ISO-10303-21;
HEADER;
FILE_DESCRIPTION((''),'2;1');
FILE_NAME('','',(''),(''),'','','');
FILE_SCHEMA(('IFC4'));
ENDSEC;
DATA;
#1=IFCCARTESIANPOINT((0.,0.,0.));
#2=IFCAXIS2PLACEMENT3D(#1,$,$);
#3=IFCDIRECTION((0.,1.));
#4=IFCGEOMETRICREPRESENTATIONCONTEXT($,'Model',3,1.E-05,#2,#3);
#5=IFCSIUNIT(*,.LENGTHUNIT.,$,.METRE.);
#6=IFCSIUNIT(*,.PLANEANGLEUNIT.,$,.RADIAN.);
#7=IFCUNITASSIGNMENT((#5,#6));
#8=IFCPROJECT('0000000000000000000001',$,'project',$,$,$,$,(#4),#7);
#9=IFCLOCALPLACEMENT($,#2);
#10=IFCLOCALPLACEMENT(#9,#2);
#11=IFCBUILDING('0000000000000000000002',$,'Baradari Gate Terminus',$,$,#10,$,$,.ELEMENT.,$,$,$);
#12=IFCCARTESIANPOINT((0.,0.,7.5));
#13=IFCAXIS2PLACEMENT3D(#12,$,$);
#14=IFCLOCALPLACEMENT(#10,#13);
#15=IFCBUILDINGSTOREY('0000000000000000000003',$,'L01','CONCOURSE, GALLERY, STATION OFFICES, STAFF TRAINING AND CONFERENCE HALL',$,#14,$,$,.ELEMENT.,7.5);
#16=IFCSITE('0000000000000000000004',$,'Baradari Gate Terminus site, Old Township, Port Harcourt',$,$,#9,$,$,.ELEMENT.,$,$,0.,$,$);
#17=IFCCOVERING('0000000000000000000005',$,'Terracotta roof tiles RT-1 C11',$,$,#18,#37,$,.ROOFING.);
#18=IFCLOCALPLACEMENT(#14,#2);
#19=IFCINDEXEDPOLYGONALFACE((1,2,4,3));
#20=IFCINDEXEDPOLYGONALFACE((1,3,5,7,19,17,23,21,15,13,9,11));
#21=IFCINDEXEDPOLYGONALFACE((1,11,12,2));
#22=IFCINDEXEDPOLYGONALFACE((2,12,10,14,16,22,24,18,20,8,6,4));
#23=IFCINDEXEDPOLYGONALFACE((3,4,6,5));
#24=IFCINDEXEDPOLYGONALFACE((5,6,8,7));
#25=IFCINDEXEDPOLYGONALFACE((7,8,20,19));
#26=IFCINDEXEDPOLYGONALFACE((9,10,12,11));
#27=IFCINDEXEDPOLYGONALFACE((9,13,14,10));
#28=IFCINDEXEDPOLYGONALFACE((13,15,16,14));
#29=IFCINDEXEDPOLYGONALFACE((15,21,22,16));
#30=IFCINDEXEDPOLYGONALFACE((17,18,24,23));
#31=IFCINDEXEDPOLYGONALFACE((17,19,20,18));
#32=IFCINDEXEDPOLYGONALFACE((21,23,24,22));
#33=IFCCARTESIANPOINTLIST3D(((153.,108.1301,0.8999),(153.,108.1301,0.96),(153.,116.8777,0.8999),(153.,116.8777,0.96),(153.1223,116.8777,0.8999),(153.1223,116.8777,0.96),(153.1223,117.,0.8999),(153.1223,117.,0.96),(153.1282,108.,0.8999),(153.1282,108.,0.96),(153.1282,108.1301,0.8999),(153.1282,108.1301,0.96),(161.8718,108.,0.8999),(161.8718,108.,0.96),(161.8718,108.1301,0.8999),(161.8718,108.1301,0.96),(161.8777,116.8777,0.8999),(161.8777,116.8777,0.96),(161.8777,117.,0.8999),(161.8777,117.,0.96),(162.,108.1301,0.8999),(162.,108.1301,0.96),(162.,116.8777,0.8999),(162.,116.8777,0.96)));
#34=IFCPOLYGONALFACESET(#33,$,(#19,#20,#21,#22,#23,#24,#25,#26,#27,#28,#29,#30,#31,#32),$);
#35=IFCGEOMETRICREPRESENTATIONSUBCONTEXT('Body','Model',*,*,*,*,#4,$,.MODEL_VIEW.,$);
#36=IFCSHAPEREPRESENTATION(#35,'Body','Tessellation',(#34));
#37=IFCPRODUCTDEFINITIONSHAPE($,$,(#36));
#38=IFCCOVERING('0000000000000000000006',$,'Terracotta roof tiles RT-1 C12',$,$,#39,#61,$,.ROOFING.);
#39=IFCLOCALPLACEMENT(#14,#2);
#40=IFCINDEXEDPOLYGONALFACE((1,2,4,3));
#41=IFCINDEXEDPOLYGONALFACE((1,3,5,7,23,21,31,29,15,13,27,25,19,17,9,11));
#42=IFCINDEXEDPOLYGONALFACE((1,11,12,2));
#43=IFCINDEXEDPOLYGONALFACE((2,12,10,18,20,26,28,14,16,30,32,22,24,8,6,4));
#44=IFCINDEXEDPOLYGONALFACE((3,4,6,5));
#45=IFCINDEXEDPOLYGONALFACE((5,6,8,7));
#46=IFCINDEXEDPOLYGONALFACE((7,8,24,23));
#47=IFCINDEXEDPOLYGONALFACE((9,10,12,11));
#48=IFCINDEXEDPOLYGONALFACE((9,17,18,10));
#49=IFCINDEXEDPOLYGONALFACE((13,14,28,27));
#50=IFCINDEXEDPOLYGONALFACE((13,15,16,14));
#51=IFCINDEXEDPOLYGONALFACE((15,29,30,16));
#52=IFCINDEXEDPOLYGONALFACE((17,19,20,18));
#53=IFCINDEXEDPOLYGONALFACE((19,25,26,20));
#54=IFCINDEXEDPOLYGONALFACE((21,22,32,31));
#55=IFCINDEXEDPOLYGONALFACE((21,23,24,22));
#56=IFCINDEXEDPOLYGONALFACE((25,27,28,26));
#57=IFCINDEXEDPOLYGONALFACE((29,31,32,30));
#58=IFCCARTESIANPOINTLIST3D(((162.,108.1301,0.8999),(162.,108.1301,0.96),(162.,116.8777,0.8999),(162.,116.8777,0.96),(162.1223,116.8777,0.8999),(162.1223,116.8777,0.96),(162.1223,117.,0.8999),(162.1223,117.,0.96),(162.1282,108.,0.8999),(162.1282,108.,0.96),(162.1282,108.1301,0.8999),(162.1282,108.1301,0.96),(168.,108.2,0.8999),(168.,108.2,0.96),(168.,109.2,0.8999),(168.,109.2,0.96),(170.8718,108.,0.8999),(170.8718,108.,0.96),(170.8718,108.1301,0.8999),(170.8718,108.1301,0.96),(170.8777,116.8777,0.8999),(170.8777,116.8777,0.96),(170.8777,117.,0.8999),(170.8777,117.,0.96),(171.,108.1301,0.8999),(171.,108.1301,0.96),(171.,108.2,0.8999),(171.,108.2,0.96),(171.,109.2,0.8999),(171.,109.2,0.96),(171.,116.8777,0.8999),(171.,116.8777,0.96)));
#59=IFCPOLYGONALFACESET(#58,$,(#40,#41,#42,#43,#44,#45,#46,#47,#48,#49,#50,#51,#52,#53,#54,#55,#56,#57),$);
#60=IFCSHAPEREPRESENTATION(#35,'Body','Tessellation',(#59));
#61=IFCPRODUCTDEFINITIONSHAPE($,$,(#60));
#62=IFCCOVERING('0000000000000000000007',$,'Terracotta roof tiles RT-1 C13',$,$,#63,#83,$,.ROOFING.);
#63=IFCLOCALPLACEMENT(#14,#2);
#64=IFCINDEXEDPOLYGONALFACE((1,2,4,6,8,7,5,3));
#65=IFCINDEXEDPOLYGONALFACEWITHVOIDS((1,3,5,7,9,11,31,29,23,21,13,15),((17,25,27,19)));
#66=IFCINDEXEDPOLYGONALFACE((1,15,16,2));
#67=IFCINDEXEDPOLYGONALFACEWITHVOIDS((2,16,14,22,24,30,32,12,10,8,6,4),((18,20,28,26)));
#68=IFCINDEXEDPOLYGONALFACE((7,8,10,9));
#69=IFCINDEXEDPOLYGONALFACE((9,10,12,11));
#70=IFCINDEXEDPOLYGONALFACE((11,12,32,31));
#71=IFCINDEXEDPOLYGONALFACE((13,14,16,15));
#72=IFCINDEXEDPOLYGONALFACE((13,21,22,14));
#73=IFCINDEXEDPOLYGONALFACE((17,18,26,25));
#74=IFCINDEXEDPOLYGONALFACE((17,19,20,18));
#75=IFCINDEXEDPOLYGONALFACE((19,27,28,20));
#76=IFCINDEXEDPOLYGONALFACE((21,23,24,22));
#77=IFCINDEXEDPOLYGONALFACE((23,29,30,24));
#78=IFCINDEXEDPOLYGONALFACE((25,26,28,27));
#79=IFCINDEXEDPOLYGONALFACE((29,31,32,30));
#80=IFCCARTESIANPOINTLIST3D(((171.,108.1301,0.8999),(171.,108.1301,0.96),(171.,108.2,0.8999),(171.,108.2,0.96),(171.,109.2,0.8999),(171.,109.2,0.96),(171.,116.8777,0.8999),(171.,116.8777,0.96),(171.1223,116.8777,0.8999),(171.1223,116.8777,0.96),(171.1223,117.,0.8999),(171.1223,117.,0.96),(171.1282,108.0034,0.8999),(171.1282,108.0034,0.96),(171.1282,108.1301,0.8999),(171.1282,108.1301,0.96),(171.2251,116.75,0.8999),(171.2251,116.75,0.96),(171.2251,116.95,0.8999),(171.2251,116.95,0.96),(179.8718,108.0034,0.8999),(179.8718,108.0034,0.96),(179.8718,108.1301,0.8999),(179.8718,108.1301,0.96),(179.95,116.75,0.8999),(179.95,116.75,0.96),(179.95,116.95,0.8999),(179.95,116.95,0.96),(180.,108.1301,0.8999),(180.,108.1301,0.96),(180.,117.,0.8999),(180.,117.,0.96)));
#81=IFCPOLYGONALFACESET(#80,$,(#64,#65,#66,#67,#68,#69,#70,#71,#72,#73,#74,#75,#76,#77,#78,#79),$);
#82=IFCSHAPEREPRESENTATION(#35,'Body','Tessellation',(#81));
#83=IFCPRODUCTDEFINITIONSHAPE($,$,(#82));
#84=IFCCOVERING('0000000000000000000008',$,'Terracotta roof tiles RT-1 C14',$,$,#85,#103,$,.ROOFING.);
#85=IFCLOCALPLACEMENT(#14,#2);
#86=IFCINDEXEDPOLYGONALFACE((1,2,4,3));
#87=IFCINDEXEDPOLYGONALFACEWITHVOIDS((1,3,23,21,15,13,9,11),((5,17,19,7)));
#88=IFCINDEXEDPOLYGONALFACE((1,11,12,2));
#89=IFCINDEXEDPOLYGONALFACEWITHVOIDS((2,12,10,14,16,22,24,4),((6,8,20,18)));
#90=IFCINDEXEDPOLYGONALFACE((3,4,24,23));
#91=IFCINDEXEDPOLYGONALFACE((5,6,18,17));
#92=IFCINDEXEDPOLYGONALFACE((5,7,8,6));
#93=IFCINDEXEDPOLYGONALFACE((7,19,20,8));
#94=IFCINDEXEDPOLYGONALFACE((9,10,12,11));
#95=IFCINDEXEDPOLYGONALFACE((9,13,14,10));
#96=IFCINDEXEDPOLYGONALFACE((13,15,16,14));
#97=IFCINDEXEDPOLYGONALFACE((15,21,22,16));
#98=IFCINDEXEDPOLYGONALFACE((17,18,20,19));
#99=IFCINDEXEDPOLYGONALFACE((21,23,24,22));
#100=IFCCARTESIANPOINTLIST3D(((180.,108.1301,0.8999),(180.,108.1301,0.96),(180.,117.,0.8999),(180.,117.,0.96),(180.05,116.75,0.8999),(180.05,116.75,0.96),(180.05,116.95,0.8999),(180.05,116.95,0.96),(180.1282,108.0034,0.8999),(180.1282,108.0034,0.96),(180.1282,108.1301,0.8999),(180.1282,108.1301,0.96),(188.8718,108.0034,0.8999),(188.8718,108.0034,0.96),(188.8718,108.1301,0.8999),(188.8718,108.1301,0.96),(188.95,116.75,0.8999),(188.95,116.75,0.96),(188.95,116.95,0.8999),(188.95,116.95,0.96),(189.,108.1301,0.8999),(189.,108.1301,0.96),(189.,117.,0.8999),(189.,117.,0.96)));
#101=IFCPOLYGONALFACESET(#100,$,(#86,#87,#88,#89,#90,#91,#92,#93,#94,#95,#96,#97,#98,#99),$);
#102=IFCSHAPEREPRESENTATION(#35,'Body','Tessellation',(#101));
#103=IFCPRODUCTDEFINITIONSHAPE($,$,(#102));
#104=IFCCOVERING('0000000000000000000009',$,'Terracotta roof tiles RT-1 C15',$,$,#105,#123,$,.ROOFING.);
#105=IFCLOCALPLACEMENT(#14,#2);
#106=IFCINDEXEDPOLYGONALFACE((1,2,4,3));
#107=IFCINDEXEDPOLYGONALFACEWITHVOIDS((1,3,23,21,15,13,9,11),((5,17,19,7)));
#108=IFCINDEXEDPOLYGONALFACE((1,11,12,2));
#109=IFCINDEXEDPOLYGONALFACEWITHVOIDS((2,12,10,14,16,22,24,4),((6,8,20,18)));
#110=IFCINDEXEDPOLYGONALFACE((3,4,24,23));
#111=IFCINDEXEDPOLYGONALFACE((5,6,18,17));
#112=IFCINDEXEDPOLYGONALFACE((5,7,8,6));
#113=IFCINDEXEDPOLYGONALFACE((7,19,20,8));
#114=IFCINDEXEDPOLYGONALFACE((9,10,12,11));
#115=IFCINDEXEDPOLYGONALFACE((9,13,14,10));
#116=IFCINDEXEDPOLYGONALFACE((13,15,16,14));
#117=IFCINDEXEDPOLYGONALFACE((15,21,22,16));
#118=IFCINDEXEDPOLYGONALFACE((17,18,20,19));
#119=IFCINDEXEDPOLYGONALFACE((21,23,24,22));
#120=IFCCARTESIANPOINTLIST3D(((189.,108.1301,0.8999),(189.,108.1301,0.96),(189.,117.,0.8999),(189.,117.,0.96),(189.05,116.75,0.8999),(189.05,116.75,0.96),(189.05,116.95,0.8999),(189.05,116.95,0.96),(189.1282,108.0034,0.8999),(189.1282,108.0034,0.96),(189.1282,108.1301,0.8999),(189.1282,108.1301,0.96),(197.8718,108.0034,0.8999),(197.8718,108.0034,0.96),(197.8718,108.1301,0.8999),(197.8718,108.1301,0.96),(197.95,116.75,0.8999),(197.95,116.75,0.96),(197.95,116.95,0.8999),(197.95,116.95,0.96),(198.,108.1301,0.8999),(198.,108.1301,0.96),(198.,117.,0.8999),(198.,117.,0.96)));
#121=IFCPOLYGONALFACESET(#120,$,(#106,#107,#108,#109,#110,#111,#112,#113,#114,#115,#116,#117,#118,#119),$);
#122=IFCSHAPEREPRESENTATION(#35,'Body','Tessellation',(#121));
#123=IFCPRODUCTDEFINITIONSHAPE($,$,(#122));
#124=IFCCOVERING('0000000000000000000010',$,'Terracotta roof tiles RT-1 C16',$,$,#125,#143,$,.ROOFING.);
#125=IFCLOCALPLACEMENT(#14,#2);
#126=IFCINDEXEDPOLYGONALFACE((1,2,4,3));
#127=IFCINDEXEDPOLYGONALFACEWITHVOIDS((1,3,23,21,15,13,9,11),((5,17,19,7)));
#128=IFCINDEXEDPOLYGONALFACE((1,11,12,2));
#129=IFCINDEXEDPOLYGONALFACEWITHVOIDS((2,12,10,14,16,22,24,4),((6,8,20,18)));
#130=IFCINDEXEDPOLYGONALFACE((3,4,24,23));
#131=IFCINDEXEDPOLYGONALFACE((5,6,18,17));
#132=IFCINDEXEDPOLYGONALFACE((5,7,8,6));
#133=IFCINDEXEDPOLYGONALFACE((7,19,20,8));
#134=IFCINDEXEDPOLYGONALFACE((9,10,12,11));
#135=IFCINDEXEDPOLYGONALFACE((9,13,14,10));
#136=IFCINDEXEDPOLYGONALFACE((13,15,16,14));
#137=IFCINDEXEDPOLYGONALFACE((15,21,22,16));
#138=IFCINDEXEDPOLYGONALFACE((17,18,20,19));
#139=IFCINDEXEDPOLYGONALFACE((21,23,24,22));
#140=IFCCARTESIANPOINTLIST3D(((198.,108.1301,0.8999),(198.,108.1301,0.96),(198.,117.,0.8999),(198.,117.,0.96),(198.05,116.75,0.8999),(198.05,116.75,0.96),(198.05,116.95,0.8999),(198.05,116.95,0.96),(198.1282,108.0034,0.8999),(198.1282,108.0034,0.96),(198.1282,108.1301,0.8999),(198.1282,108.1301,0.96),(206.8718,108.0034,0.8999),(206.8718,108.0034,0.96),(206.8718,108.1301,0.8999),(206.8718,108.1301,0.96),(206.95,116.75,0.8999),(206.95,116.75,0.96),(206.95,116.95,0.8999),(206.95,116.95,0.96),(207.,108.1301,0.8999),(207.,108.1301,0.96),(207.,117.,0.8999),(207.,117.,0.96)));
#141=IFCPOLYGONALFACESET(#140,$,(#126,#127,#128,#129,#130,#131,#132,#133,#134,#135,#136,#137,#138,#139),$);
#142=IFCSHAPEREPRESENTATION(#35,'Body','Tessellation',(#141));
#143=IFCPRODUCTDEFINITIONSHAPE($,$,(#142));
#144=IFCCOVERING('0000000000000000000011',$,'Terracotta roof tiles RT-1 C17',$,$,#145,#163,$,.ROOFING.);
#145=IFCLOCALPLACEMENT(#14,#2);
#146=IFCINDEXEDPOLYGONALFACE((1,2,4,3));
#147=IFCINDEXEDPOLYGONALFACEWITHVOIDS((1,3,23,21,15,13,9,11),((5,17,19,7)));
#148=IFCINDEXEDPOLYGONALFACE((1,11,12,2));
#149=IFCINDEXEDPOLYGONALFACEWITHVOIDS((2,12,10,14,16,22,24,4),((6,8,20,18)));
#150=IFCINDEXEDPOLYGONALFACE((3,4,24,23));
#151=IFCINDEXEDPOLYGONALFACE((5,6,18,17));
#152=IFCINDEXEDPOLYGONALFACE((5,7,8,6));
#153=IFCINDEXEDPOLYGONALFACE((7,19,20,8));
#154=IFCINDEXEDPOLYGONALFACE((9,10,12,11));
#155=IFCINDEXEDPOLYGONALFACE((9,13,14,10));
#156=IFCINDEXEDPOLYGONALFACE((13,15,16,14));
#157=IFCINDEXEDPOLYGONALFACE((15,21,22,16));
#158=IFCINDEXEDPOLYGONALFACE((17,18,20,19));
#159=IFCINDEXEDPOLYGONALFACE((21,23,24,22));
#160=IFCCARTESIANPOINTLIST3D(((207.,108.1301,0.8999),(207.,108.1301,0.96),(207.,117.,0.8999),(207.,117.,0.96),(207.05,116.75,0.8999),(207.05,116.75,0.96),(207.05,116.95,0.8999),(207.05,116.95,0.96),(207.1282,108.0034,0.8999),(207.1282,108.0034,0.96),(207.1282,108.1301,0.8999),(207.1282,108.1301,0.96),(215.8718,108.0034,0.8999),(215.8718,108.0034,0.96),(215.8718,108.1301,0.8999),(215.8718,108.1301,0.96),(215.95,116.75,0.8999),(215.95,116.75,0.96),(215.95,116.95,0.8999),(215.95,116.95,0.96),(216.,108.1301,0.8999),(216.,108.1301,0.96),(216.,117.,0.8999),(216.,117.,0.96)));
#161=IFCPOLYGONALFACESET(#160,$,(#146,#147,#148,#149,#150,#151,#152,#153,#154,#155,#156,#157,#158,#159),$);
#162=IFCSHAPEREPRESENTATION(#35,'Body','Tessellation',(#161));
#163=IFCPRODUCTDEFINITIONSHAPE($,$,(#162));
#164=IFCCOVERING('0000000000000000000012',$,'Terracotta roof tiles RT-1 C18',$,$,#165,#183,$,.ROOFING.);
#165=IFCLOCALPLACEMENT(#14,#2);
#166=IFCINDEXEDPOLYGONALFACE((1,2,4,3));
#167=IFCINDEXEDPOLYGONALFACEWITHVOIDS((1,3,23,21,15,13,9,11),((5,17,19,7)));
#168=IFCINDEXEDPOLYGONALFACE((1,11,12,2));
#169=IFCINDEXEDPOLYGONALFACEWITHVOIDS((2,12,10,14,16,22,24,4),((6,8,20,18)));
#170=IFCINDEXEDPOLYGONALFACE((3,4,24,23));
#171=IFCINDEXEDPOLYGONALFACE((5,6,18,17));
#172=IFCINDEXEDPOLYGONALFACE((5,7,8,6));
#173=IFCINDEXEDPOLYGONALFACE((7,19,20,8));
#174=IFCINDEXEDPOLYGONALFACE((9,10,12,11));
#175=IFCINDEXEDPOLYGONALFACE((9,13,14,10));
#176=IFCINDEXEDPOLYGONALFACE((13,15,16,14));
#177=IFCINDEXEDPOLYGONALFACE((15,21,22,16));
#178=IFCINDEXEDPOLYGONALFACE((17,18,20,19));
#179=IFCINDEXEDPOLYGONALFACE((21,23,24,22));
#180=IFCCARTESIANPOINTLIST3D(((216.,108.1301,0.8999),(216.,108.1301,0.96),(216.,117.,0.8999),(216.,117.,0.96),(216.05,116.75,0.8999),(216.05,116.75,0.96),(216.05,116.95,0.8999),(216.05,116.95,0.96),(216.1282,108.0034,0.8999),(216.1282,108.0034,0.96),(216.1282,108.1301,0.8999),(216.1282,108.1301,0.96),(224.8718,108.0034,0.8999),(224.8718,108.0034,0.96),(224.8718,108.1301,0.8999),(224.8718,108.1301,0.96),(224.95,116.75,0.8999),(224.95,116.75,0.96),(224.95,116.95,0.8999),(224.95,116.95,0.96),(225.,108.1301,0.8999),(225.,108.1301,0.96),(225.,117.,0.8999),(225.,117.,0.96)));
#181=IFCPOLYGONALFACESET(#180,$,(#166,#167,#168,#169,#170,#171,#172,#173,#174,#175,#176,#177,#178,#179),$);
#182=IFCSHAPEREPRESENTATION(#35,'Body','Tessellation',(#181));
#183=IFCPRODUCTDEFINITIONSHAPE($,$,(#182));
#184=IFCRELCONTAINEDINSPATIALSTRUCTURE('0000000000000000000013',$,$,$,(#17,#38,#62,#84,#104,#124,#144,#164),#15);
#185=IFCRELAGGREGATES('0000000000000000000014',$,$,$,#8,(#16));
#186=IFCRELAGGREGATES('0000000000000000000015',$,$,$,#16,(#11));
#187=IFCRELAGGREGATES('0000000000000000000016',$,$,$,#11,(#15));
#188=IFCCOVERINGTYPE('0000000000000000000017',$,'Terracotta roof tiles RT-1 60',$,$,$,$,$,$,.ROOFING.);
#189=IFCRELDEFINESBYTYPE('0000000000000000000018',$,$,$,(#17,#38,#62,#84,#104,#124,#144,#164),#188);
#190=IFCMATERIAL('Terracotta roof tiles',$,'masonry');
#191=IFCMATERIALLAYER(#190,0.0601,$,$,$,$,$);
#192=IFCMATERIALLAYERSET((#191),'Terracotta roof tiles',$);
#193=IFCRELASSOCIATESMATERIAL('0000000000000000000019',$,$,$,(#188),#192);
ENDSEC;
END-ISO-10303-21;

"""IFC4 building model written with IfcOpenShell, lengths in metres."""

from ifc_helpers import new_model, si_unit, direction, frame, origin, place, context, subcontext, project, spatial, polyline, outline, extrude, material, layer, layer_set, type_object, element, save


model = new_model("IFC4")

# Units and contexts
model_context = context("Model", 3, precision=1e-05, world=origin(), true_north=direction((0.0, 1.0)))
body_context = subcontext(model_context, "Body", "Model", "MODEL_VIEW")
ifc_project = project(units=[si_unit("LENGTHUNIT", "METRE"), si_unit("PLANEANGLEUNIT", "RADIAN")], contexts=[model_context])

# Site, building, storey
site_placement = place(None, origin())
site = spatial("IfcSite", under=ifc_project, at=site_placement, Name="Baradari Gate Terminus site, Old Township, Port Harcourt", CompositionType="ELEMENT", RefElevation=0.0)
building_placement = place(site_placement, origin())
building = spatial("IfcBuilding", under=site, at=building_placement, Name="Baradari Gate Terminus", CompositionType="ELEMENT")
storey_placement = place(building_placement, frame((0.0, 0.0, 7.5)))
storey = spatial("IfcBuildingStorey", under=building, at=storey_placement, Name="L01", Description="CONCOURSE, GALLERY, STATION OFFICES, STAFF TRAINING AND CONFERENCE HALL", CompositionType="ELEMENT", Elevation=7.5)

# Coverings
ifc_material_1 = material(Name="Terracotta roof tiles", Category="masonry")
ifc_layer_1 = layer(ifc_material_1, 0.0601)
ifc_layer_set_1 = layer_set([ifc_layer_1], Name="Terracotta roof tiles")
covering_type_1 = type_object("IfcCoveringType", Name="Terracotta roof tiles RT-1 60", PredefinedType="ROOFING", material=ifc_layer_set_1)
covering_1_placement = place(storey_placement, frame((0.0, 0.0, 0.8999)))
element("IfcCovering", 1, at=covering_1_placement, inside=storey, type_object=covering_type_1, Name="Terracotta roof tiles RT-1 C11", PredefinedType="ROOFING", context=body_context, shape_type="SweptSolid", body=[
    extrude(outline(polyline([(162.0, 108.1301), (161.8718, 108.1301), (161.8718, 108.0), (153.1282, 108.0), (153.1282, 108.1301), (153.0, 108.1301), (153.0, 116.8777), (153.1223, 116.8777), (153.1223, 117.0), (161.8777, 117.0), (161.8777, 116.8777), (162.0, 116.8777), (162.0, 108.1301)])), origin(), (0.0, 0.0, 1.0), 0.0601),
])
covering_2_placement = place(storey_placement, frame((0.0, 0.0, 0.8999)))
element("IfcCovering", 2, at=covering_2_placement, inside=storey, type_object=covering_type_1, Name="Terracotta roof tiles RT-1 C12", PredefinedType="ROOFING", context=body_context, shape_type="SweptSolid", body=[
    extrude(outline(polyline([(171.0, 108.1301), (170.8718, 108.1301), (170.8718, 108.0), (162.1282, 108.0), (162.1282, 108.1301), (162.0, 108.1301), (162.0, 116.8777), (162.1223, 116.8777), (162.1223, 117.0), (170.8777, 117.0), (170.8777, 116.8777), (171.0, 116.8777), (171.0, 109.2), (168.0, 109.2), (168.0, 108.2), (171.0, 108.2), (171.0, 108.1301)])), origin(), (0.0, 0.0, 1.0), 0.0601),
])
covering_3_placement = place(storey_placement, frame((0.0, 0.0, 0.8999)))
element("IfcCovering", 3, at=covering_3_placement, inside=storey, type_object=covering_type_1, Name="Terracotta roof tiles RT-1 C13", PredefinedType="ROOFING", context=body_context, shape_type="SweptSolid", body=[
    extrude(outline(polyline([(180.0, 117.0), (180.0, 108.1301), (179.8718, 108.1301), (179.8718, 108.0034), (171.1282, 108.0034), (171.1282, 108.1301), (171.0, 108.1301), (171.0, 108.2), (171.0, 109.2), (171.0, 116.8777), (171.1223, 116.8777), (171.1223, 117.0), (180.0, 117.0)]), holes=[polyline([(179.95, 116.95), (171.2251, 116.95), (171.2251, 116.75), (179.95, 116.75), (179.95, 116.95)])]), origin(), (0.0, 0.0, 1.0), 0.0601),
])
covering_4_placement = place(storey_placement, frame((0.0, 0.0, 0.8999)))
element("IfcCovering", 4, at=covering_4_placement, inside=storey, type_object=covering_type_1, Name="Terracotta roof tiles RT-1 C14", PredefinedType="ROOFING", context=body_context, shape_type="SweptSolid", body=[
    extrude(outline(polyline([(180.0, 117.0), (189.0, 117.0), (189.0, 108.1301), (188.8718, 108.1301), (188.8718, 108.0034), (180.1282, 108.0034), (180.1282, 108.1301), (180.0, 108.1301), (180.0, 117.0)]), holes=[polyline([(188.95, 116.75), (188.95, 116.95), (180.05, 116.95), (180.05, 116.75), (188.95, 116.75)])]), origin(), (0.0, 0.0, 1.0), 0.0601),
])
covering_5_placement = place(storey_placement, frame((0.0, 0.0, 0.8999)))
element("IfcCovering", 5, at=covering_5_placement, inside=storey, type_object=covering_type_1, Name="Terracotta roof tiles RT-1 C15", PredefinedType="ROOFING", context=body_context, shape_type="SweptSolid", body=[
    extrude(outline(polyline([(189.0, 117.0), (198.0, 117.0), (198.0, 108.1301), (197.8718, 108.1301), (197.8718, 108.0034), (189.1282, 108.0034), (189.1282, 108.1301), (189.0, 108.1301), (189.0, 117.0)]), holes=[polyline([(197.95, 116.95), (189.05, 116.95), (189.05, 116.75), (197.95, 116.75), (197.95, 116.95)])]), origin(), (0.0, 0.0, 1.0), 0.0601),
])
covering_6_placement = place(storey_placement, frame((0.0, 0.0, 0.8999)))
element("IfcCovering", 6, at=covering_6_placement, inside=storey, type_object=covering_type_1, Name="Terracotta roof tiles RT-1 C16", PredefinedType="ROOFING", context=body_context, shape_type="SweptSolid", body=[
    extrude(outline(polyline([(198.0, 117.0), (207.0, 117.0), (207.0, 108.1301), (206.8718, 108.1301), (206.8718, 108.0034), (198.1282, 108.0034), (198.1282, 108.1301), (198.0, 108.1301), (198.0, 117.0)]), holes=[polyline([(206.95, 116.95), (198.05, 116.95), (198.05, 116.75), (206.95, 116.75), (206.95, 116.95)])]), origin(), (0.0, 0.0, 1.0), 0.0601),
])
covering_7_placement = place(storey_placement, frame((0.0, 0.0, 0.8999)))
element("IfcCovering", 7, at=covering_7_placement, inside=storey, type_object=covering_type_1, Name="Terracotta roof tiles RT-1 C17", PredefinedType="ROOFING", context=body_context, shape_type="SweptSolid", body=[
    extrude(outline(polyline([(207.0, 117.0), (216.0, 117.0), (216.0, 108.1301), (215.8718, 108.1301), (215.8718, 108.0034), (207.1282, 108.0034), (207.1282, 108.1301), (207.0, 108.1301), (207.0, 117.0)]), holes=[polyline([(215.95, 116.95), (207.05, 116.95), (207.05, 116.75), (215.95, 116.75), (215.95, 116.95)])]), origin(), (0.0, 0.0, 1.0), 0.0601),
])
covering_8_placement = place(storey_placement, frame((0.0, 0.0, 0.8999)))
element("IfcCovering", 8, at=covering_8_placement, inside=storey, type_object=covering_type_1, Name="Terracotta roof tiles RT-1 C18", PredefinedType="ROOFING", context=body_context, shape_type="SweptSolid", body=[
    extrude(outline(polyline([(216.0, 117.0), (225.0, 117.0), (225.0, 108.1301), (224.8718, 108.1301), (224.8718, 108.0034), (216.1282, 108.0034), (216.1282, 108.1301), (216.0, 108.1301), (216.0, 117.0)]), holes=[polyline([(224.95, 116.75), (224.95, 116.95), (216.05, 116.95), (216.05, 116.75), (224.95, 116.75)])]), origin(), (0.0, 0.0, 1.0), 0.0601),
])

save(model, "model.ifc")
